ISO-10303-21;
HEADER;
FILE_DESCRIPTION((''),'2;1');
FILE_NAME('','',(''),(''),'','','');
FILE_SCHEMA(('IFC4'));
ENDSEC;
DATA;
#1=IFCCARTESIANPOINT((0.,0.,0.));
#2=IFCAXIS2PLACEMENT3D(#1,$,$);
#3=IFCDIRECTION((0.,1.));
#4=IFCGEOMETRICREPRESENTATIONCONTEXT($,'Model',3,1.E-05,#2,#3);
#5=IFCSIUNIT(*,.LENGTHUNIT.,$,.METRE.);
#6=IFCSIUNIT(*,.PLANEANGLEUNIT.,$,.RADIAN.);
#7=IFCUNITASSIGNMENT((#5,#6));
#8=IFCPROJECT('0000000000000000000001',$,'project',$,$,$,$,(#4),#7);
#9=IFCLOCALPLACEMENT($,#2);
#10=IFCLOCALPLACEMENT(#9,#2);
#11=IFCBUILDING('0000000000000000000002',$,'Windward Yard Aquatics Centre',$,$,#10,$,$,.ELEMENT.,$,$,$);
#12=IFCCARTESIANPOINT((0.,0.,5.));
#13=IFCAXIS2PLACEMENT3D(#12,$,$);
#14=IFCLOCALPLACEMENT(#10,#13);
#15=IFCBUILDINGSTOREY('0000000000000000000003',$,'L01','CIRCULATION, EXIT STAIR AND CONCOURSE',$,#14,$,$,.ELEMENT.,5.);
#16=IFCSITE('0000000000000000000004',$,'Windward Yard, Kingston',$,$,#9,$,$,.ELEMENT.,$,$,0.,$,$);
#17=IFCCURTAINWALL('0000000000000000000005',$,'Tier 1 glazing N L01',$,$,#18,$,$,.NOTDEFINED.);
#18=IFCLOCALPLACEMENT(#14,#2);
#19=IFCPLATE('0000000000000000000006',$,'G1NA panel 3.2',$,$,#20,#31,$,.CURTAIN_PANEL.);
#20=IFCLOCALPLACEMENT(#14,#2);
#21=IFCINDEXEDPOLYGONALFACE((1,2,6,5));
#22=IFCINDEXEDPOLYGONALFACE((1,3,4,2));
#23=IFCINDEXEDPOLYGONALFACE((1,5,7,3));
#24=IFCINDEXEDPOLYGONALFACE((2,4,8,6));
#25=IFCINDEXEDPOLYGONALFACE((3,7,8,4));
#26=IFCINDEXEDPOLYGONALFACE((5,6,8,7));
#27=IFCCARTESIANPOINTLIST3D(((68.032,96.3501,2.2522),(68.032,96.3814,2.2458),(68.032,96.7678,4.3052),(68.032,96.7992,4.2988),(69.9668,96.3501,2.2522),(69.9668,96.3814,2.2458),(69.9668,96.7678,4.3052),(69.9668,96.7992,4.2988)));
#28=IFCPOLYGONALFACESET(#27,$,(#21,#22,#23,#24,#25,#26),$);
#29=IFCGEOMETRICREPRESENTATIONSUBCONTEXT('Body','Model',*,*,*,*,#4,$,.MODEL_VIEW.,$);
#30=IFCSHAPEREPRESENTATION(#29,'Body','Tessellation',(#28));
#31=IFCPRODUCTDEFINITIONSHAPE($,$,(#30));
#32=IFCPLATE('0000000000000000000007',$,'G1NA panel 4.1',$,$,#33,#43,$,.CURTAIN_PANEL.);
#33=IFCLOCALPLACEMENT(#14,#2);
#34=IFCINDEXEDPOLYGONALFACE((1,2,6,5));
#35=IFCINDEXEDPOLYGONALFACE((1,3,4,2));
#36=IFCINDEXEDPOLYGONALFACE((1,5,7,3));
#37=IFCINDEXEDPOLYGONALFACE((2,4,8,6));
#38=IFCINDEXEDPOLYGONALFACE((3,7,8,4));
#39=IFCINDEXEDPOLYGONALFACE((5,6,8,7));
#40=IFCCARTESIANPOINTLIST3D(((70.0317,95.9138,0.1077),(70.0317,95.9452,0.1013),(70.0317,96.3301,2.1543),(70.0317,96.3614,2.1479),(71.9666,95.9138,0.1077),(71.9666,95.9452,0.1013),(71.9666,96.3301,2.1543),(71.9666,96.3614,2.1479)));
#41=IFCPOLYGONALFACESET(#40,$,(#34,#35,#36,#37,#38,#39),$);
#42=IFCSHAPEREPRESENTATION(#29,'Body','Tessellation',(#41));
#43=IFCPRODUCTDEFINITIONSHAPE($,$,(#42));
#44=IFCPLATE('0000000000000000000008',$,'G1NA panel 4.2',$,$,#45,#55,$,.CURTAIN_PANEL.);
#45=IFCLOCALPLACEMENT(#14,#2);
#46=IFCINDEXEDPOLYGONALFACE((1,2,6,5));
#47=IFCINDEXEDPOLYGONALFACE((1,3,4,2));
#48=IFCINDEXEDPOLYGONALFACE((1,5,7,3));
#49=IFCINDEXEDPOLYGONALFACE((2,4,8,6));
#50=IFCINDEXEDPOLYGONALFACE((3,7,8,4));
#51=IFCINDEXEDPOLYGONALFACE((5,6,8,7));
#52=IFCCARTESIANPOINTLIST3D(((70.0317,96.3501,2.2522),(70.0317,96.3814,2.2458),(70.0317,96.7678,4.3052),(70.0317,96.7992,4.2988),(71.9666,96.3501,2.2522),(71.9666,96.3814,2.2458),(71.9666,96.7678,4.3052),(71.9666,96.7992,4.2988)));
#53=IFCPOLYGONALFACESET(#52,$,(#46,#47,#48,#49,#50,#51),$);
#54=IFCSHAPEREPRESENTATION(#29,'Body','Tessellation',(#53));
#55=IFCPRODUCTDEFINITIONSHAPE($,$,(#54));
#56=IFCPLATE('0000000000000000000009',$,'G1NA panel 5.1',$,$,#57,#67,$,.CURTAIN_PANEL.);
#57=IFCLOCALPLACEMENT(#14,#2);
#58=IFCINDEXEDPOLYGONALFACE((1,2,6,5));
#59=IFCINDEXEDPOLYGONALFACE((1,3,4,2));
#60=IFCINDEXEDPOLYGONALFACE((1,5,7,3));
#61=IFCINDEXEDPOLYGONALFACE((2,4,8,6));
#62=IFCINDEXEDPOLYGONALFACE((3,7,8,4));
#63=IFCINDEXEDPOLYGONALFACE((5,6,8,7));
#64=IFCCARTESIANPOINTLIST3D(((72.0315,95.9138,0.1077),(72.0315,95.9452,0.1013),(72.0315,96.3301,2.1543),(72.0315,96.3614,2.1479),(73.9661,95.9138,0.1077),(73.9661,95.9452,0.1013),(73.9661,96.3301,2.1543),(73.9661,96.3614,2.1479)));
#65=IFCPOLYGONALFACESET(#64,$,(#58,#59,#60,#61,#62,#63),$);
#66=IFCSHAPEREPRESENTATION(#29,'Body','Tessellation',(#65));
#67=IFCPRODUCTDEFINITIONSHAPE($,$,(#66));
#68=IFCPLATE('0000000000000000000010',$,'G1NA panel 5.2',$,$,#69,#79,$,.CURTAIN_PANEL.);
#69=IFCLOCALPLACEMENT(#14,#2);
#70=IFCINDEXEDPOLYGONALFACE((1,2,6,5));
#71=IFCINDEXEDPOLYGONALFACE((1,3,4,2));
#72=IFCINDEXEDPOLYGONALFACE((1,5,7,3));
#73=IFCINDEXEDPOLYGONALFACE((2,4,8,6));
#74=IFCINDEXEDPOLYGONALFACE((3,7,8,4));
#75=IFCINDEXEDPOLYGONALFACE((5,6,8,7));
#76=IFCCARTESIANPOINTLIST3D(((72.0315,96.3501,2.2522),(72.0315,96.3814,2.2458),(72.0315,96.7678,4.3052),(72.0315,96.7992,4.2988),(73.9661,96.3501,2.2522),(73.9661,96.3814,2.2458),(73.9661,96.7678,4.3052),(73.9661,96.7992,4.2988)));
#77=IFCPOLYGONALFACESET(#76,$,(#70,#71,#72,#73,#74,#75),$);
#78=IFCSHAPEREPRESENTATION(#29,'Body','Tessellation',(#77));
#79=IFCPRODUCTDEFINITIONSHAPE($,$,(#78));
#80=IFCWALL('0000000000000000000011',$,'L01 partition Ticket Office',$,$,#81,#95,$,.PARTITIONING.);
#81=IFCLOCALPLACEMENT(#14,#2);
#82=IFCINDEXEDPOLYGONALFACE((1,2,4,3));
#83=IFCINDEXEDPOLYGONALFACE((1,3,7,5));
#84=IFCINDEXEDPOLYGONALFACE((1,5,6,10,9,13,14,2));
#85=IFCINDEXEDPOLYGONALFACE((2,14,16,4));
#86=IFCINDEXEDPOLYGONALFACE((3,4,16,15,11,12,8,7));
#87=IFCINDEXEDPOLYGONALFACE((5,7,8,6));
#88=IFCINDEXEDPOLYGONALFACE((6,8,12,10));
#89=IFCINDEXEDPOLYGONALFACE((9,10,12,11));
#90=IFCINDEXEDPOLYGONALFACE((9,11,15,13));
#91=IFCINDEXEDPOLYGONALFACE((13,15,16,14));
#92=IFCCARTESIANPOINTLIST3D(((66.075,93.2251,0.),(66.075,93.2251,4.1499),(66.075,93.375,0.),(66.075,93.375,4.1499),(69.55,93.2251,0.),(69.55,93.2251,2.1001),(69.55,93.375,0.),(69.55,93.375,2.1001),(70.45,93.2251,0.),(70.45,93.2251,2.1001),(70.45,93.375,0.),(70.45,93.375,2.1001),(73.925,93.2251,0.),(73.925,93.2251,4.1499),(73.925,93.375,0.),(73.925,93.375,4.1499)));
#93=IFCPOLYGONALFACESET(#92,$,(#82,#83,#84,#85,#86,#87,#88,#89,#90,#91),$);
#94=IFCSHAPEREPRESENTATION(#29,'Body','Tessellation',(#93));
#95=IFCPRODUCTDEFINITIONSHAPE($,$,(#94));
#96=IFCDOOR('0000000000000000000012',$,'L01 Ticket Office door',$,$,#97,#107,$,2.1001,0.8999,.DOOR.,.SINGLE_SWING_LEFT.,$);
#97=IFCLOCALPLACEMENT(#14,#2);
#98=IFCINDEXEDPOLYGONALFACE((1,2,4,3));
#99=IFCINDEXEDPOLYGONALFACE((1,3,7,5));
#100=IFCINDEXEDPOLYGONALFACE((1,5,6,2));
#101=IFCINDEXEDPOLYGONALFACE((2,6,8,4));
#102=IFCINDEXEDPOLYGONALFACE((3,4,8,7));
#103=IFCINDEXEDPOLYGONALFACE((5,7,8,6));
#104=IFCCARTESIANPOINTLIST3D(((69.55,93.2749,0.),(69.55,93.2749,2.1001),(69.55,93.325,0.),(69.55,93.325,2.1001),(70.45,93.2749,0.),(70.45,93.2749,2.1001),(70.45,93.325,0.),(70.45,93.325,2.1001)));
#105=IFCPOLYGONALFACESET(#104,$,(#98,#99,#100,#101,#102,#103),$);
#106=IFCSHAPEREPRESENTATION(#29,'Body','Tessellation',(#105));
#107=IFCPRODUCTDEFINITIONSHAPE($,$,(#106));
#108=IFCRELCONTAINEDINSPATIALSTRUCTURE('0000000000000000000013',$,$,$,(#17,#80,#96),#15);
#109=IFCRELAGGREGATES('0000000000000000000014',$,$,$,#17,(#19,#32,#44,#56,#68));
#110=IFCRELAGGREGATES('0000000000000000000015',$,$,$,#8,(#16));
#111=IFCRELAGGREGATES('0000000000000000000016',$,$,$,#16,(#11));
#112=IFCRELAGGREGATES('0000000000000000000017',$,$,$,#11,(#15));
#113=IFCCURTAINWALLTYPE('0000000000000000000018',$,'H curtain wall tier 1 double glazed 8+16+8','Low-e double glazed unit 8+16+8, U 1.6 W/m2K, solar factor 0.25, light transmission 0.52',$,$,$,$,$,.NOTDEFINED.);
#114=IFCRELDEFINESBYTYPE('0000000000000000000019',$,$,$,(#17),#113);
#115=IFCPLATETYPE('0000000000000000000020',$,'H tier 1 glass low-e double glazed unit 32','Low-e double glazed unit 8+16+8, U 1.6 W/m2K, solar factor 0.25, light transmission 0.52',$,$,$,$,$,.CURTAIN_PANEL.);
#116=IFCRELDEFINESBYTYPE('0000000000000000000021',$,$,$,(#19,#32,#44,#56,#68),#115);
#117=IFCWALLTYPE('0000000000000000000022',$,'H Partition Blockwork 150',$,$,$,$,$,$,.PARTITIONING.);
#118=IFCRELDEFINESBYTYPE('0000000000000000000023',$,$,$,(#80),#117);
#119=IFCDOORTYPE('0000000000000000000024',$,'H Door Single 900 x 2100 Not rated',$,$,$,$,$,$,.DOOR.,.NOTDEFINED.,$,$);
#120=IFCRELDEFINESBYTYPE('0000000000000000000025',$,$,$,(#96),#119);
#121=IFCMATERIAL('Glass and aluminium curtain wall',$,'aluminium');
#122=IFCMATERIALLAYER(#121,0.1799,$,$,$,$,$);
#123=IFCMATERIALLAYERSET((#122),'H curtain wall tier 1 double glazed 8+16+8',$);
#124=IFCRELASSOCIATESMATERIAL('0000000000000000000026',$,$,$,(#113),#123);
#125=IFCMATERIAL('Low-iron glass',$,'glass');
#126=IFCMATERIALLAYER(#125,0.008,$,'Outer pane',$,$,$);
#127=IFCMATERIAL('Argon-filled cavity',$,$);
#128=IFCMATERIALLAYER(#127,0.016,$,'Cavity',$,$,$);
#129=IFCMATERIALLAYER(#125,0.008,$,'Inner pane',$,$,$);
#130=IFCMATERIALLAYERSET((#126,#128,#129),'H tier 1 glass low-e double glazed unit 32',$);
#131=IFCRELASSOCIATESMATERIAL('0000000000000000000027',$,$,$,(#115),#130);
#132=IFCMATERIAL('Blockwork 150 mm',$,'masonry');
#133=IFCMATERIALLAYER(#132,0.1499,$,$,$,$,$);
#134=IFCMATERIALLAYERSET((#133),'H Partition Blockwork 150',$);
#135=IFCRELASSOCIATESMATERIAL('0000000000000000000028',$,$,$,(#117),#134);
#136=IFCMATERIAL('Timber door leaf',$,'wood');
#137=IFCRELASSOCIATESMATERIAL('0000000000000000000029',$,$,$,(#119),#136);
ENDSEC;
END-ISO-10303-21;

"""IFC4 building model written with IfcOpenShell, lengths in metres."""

from ifc_helpers import new_model, si_unit, direction, frame, frame_2d, origin, place, context, subcontext, project, spatial, polyline, rectangle, outline, extrude, material, layer, layer_set, type_object, element, fill, aggregate, save


model = new_model("IFC4")

# Units and contexts
model_context = context("Model", 3, precision=1e-05, world=origin(), true_north=direction((0.0, 1.0)))
body_context = subcontext(model_context, "Body", "Model", "MODEL_VIEW")
ifc_project = project(units=[si_unit("LENGTHUNIT", "METRE"), si_unit("PLANEANGLEUNIT", "RADIAN")], contexts=[model_context])

# Site, building, storey
site_placement = place(None, origin())
site = spatial("IfcSite", under=ifc_project, at=site_placement, Name="Windward Yard, Kingston", CompositionType="ELEMENT", RefElevation=0.0)
building_placement = place(site_placement, origin())
building = spatial("IfcBuilding", under=site, at=building_placement, Name="Windward Yard Aquatics Centre", CompositionType="ELEMENT")
storey_placement = place(building_placement, frame((0.0, 0.0, 5.0)))
storey = spatial("IfcBuildingStorey", under=building, at=storey_placement, Name="L01", Description="CIRCULATION, EXIT STAIR AND CONCOURSE", CompositionType="ELEMENT", Elevation=5.0)

# Curtain wall, plates
ifc_material_1 = material(Name="Glass and aluminium curtain wall", Category="aluminium")
ifc_layer_1 = layer(ifc_material_1, 0.1799)
ifc_layer_set_1 = layer_set([ifc_layer_1], Name="H curtain wall tier 1 double glazed 8+16+8")
curtain_wall_type = type_object("IfcCurtainWallType", Name="H curtain wall tier 1 double glazed 8+16+8", Description="Low-e double glazed unit 8+16+8, U 1.6 W/m2K, solar factor 0.25, light transmission 0.52", PredefinedType="NOTDEFINED", material=ifc_layer_set_1)
curtain_wall_placement = place(storey_placement, origin())
curtain_wall = element("IfcCurtainWall", 1, at=curtain_wall_placement, inside=storey, type_object=curtain_wall_type, Name="Tier 1 glazing N L01", PredefinedType="NOTDEFINED")
ifc_material_2 = material(Name="Low-iron glass", Category="glass")
ifc_layer_2 = layer(ifc_material_2, 0.008, Name="Outer pane")
ifc_material_3 = material(Name="Argon-filled cavity")
ifc_layer_3 = layer(ifc_material_3, 0.016, Name="Cavity")
ifc_layer_4 = layer(ifc_material_2, 0.008, Name="Inner pane")
ifc_layer_set_2 = layer_set([ifc_layer_2, ifc_layer_3, ifc_layer_4], Name="H tier 1 glass low-e double glazed unit 32")
plate_type = type_object("IfcPlateType", Name="H tier 1 glass low-e double glazed unit 32", Description="Low-e double glazed unit 8+16+8, U 1.6 W/m2K, solar factor 0.25, light transmission 0.52", PredefinedType="CURTAIN_PANEL", material=ifc_layer_set_2)
plate_1_placement = place(storey_placement, frame((68.032, 96.3501, 2.2522), z_axis=(0.0, -0.979921, 0.199387), x_axis=(1.0, 0.0, 0.0)))
plate_1 = element("IfcPlate", 2, at=plate_1_placement, type_object=plate_type, Name="G1NA panel 3.2", PredefinedType="CURTAIN_PANEL", context=body_context, shape_type="SweptSolid", body=[
    extrude(outline(polyline([(0.0, 0.0), (1.9348, 0.0), (1.9348, 2.095), (0.0, 2.095), (0.0, 0.0)])), origin(), (0.0, 0.0, -1.0), 0.032),
])
plate_2_placement = place(storey_placement, frame((70.0317, 95.9138, 0.1077), z_axis=(0.0, -0.979937, 0.199307), x_axis=(1.0, 0.0, 0.0)))
plate_2 = element("IfcPlate", 3, at=plate_2_placement, type_object=plate_type, Name="G1NA panel 4.1", PredefinedType="CURTAIN_PANEL", context=body_context, shape_type="SweptSolid", body=[
    extrude(outline(polyline([(0.0, 0.0), (1.9348, 0.0), (1.9348, 2.0885), (0.0, 2.0885), (0.0, 0.0)])), origin(), (0.0, 0.0, -1.0), 0.032),
])
plate_3_placement = place(storey_placement, frame((70.0317, 96.3501, 2.2522), z_axis=(0.0, -0.979921, 0.199387), x_axis=(1.0, 0.0, 0.0)))
plate_3 = element("IfcPlate", 4, at=plate_3_placement, type_object=plate_type, Name="G1NA panel 4.2", PredefinedType="CURTAIN_PANEL", context=body_context, shape_type="SweptSolid", body=[
    extrude(outline(polyline([(0.0, 0.0), (1.9348, 0.0), (1.9348, 2.095), (0.0, 2.095), (0.0, 0.0)])), origin(), (0.0, 0.0, -1.0), 0.032),
])
plate_4_placement = place(storey_placement, frame((72.0315, 95.9138, 0.1077), z_axis=(0.0, -0.979937, 0.199307), x_axis=(1.0, 0.0, 0.0)))
plate_4 = element("IfcPlate", 5, at=plate_4_placement, type_object=plate_type, Name="G1NA panel 5.1", PredefinedType="CURTAIN_PANEL", context=body_context, shape_type="SweptSolid", body=[
    extrude(outline(polyline([(0.0, 0.0), (1.9346, 0.0), (1.9346, 2.0885), (0.0, 2.0885), (0.0, 0.0)])), origin(), (0.0, 0.0, -1.0), 0.032),
])
plate_5_placement = place(storey_placement, frame((72.0315, 96.3501, 2.2522), z_axis=(0.0, -0.979921, 0.199387), x_axis=(1.0, 0.0, 0.0)))
plate_5 = element("IfcPlate", 6, at=plate_5_placement, type_object=plate_type, Name="G1NA panel 5.2", PredefinedType="CURTAIN_PANEL", context=body_context, shape_type="SweptSolid", body=[
    extrude(outline(polyline([(0.0, 0.0), (1.9346, 0.0), (1.9346, 2.095), (0.0, 2.095), (0.0, 0.0)])), origin(), (0.0, 0.0, -1.0), 0.032),
])
aggregate(curtain_wall, [plate_1, plate_2, plate_3, plate_4, plate_5])

# Wall, opening, door
ifc_material_4 = material(Name="Blockwork 150 mm", Category="masonry")
ifc_layer_5 = layer(ifc_material_4, 0.1499)
ifc_layer_set_3 = layer_set([ifc_layer_5], Name="H Partition Blockwork 150")
wall_type = type_object("IfcWallType", Name="H Partition Blockwork 150", PredefinedType="PARTITIONING", material=ifc_layer_set_3)
wall_placement = place(storey_placement, frame((66.075, 93.3, 0.0), z_axis=(0.0, 0.0, 1.0), x_axis=(1.0, 0.0, 0.0)))
wall = element("IfcWall", 7, at=wall_placement, inside=storey, type_object=wall_type, Name="L01 partition Ticket Office", PredefinedType="PARTITIONING", context=body_context, shape_type="SweptSolid", body=[
    extrude(rectangle(XDim=7.8501, YDim=0.1499, at=frame_2d((3.925, 0.0))), origin(), (0.0, 0.0, 1.0), 4.1499),
])
opening_placement = place(wall_placement, frame((3.4751, 0.0, 0.0)))
opening = element("IfcOpeningElement", 8, at=opening_placement, cuts=wall, PredefinedType="OPENING", context=body_context, shape_type="SweptSolid", body=[
    extrude(rectangle(XDim=0.8999, YDim=2.1001, at=frame_2d((0.45, 1.05))), frame((0.0, 0.085, 0.0), z_axis=(0.0, -1.0, 0.0), x_axis=(1.0, 0.0, 0.0)), (0.0, 0.0, 1.0), 0.1699),
])
ifc_material_5 = material(Name="Timber door leaf", Category="wood")
door_type = type_object("IfcDoorType", Name="H Door Single 900 x 2100 Not rated", OperationType="NOTDEFINED", PredefinedType="DOOR", material=ifc_material_5)
door_placement = place(opening_placement, origin())
door = element("IfcDoor", 9, at=door_placement, inside=storey, type_object=door_type, Name="L01 Ticket Office door", OperationType="SINGLE_SWING_LEFT", OverallHeight=2.1001, OverallWidth=0.8999, PredefinedType="DOOR", context=body_context, shape_type="SweptSolid", body=[
    extrude(rectangle(XDim=0.8999, YDim=2.1001, at=frame_2d((0.45, 1.05))), frame((0.0, 0.0249, 0.0), z_axis=(0.0, -1.0, 0.0), x_axis=(1.0, 0.0, 0.0)), (0.0, 0.0, 1.0), 0.05),
])
fill(opening, door)

save(model, "model.ifc")
